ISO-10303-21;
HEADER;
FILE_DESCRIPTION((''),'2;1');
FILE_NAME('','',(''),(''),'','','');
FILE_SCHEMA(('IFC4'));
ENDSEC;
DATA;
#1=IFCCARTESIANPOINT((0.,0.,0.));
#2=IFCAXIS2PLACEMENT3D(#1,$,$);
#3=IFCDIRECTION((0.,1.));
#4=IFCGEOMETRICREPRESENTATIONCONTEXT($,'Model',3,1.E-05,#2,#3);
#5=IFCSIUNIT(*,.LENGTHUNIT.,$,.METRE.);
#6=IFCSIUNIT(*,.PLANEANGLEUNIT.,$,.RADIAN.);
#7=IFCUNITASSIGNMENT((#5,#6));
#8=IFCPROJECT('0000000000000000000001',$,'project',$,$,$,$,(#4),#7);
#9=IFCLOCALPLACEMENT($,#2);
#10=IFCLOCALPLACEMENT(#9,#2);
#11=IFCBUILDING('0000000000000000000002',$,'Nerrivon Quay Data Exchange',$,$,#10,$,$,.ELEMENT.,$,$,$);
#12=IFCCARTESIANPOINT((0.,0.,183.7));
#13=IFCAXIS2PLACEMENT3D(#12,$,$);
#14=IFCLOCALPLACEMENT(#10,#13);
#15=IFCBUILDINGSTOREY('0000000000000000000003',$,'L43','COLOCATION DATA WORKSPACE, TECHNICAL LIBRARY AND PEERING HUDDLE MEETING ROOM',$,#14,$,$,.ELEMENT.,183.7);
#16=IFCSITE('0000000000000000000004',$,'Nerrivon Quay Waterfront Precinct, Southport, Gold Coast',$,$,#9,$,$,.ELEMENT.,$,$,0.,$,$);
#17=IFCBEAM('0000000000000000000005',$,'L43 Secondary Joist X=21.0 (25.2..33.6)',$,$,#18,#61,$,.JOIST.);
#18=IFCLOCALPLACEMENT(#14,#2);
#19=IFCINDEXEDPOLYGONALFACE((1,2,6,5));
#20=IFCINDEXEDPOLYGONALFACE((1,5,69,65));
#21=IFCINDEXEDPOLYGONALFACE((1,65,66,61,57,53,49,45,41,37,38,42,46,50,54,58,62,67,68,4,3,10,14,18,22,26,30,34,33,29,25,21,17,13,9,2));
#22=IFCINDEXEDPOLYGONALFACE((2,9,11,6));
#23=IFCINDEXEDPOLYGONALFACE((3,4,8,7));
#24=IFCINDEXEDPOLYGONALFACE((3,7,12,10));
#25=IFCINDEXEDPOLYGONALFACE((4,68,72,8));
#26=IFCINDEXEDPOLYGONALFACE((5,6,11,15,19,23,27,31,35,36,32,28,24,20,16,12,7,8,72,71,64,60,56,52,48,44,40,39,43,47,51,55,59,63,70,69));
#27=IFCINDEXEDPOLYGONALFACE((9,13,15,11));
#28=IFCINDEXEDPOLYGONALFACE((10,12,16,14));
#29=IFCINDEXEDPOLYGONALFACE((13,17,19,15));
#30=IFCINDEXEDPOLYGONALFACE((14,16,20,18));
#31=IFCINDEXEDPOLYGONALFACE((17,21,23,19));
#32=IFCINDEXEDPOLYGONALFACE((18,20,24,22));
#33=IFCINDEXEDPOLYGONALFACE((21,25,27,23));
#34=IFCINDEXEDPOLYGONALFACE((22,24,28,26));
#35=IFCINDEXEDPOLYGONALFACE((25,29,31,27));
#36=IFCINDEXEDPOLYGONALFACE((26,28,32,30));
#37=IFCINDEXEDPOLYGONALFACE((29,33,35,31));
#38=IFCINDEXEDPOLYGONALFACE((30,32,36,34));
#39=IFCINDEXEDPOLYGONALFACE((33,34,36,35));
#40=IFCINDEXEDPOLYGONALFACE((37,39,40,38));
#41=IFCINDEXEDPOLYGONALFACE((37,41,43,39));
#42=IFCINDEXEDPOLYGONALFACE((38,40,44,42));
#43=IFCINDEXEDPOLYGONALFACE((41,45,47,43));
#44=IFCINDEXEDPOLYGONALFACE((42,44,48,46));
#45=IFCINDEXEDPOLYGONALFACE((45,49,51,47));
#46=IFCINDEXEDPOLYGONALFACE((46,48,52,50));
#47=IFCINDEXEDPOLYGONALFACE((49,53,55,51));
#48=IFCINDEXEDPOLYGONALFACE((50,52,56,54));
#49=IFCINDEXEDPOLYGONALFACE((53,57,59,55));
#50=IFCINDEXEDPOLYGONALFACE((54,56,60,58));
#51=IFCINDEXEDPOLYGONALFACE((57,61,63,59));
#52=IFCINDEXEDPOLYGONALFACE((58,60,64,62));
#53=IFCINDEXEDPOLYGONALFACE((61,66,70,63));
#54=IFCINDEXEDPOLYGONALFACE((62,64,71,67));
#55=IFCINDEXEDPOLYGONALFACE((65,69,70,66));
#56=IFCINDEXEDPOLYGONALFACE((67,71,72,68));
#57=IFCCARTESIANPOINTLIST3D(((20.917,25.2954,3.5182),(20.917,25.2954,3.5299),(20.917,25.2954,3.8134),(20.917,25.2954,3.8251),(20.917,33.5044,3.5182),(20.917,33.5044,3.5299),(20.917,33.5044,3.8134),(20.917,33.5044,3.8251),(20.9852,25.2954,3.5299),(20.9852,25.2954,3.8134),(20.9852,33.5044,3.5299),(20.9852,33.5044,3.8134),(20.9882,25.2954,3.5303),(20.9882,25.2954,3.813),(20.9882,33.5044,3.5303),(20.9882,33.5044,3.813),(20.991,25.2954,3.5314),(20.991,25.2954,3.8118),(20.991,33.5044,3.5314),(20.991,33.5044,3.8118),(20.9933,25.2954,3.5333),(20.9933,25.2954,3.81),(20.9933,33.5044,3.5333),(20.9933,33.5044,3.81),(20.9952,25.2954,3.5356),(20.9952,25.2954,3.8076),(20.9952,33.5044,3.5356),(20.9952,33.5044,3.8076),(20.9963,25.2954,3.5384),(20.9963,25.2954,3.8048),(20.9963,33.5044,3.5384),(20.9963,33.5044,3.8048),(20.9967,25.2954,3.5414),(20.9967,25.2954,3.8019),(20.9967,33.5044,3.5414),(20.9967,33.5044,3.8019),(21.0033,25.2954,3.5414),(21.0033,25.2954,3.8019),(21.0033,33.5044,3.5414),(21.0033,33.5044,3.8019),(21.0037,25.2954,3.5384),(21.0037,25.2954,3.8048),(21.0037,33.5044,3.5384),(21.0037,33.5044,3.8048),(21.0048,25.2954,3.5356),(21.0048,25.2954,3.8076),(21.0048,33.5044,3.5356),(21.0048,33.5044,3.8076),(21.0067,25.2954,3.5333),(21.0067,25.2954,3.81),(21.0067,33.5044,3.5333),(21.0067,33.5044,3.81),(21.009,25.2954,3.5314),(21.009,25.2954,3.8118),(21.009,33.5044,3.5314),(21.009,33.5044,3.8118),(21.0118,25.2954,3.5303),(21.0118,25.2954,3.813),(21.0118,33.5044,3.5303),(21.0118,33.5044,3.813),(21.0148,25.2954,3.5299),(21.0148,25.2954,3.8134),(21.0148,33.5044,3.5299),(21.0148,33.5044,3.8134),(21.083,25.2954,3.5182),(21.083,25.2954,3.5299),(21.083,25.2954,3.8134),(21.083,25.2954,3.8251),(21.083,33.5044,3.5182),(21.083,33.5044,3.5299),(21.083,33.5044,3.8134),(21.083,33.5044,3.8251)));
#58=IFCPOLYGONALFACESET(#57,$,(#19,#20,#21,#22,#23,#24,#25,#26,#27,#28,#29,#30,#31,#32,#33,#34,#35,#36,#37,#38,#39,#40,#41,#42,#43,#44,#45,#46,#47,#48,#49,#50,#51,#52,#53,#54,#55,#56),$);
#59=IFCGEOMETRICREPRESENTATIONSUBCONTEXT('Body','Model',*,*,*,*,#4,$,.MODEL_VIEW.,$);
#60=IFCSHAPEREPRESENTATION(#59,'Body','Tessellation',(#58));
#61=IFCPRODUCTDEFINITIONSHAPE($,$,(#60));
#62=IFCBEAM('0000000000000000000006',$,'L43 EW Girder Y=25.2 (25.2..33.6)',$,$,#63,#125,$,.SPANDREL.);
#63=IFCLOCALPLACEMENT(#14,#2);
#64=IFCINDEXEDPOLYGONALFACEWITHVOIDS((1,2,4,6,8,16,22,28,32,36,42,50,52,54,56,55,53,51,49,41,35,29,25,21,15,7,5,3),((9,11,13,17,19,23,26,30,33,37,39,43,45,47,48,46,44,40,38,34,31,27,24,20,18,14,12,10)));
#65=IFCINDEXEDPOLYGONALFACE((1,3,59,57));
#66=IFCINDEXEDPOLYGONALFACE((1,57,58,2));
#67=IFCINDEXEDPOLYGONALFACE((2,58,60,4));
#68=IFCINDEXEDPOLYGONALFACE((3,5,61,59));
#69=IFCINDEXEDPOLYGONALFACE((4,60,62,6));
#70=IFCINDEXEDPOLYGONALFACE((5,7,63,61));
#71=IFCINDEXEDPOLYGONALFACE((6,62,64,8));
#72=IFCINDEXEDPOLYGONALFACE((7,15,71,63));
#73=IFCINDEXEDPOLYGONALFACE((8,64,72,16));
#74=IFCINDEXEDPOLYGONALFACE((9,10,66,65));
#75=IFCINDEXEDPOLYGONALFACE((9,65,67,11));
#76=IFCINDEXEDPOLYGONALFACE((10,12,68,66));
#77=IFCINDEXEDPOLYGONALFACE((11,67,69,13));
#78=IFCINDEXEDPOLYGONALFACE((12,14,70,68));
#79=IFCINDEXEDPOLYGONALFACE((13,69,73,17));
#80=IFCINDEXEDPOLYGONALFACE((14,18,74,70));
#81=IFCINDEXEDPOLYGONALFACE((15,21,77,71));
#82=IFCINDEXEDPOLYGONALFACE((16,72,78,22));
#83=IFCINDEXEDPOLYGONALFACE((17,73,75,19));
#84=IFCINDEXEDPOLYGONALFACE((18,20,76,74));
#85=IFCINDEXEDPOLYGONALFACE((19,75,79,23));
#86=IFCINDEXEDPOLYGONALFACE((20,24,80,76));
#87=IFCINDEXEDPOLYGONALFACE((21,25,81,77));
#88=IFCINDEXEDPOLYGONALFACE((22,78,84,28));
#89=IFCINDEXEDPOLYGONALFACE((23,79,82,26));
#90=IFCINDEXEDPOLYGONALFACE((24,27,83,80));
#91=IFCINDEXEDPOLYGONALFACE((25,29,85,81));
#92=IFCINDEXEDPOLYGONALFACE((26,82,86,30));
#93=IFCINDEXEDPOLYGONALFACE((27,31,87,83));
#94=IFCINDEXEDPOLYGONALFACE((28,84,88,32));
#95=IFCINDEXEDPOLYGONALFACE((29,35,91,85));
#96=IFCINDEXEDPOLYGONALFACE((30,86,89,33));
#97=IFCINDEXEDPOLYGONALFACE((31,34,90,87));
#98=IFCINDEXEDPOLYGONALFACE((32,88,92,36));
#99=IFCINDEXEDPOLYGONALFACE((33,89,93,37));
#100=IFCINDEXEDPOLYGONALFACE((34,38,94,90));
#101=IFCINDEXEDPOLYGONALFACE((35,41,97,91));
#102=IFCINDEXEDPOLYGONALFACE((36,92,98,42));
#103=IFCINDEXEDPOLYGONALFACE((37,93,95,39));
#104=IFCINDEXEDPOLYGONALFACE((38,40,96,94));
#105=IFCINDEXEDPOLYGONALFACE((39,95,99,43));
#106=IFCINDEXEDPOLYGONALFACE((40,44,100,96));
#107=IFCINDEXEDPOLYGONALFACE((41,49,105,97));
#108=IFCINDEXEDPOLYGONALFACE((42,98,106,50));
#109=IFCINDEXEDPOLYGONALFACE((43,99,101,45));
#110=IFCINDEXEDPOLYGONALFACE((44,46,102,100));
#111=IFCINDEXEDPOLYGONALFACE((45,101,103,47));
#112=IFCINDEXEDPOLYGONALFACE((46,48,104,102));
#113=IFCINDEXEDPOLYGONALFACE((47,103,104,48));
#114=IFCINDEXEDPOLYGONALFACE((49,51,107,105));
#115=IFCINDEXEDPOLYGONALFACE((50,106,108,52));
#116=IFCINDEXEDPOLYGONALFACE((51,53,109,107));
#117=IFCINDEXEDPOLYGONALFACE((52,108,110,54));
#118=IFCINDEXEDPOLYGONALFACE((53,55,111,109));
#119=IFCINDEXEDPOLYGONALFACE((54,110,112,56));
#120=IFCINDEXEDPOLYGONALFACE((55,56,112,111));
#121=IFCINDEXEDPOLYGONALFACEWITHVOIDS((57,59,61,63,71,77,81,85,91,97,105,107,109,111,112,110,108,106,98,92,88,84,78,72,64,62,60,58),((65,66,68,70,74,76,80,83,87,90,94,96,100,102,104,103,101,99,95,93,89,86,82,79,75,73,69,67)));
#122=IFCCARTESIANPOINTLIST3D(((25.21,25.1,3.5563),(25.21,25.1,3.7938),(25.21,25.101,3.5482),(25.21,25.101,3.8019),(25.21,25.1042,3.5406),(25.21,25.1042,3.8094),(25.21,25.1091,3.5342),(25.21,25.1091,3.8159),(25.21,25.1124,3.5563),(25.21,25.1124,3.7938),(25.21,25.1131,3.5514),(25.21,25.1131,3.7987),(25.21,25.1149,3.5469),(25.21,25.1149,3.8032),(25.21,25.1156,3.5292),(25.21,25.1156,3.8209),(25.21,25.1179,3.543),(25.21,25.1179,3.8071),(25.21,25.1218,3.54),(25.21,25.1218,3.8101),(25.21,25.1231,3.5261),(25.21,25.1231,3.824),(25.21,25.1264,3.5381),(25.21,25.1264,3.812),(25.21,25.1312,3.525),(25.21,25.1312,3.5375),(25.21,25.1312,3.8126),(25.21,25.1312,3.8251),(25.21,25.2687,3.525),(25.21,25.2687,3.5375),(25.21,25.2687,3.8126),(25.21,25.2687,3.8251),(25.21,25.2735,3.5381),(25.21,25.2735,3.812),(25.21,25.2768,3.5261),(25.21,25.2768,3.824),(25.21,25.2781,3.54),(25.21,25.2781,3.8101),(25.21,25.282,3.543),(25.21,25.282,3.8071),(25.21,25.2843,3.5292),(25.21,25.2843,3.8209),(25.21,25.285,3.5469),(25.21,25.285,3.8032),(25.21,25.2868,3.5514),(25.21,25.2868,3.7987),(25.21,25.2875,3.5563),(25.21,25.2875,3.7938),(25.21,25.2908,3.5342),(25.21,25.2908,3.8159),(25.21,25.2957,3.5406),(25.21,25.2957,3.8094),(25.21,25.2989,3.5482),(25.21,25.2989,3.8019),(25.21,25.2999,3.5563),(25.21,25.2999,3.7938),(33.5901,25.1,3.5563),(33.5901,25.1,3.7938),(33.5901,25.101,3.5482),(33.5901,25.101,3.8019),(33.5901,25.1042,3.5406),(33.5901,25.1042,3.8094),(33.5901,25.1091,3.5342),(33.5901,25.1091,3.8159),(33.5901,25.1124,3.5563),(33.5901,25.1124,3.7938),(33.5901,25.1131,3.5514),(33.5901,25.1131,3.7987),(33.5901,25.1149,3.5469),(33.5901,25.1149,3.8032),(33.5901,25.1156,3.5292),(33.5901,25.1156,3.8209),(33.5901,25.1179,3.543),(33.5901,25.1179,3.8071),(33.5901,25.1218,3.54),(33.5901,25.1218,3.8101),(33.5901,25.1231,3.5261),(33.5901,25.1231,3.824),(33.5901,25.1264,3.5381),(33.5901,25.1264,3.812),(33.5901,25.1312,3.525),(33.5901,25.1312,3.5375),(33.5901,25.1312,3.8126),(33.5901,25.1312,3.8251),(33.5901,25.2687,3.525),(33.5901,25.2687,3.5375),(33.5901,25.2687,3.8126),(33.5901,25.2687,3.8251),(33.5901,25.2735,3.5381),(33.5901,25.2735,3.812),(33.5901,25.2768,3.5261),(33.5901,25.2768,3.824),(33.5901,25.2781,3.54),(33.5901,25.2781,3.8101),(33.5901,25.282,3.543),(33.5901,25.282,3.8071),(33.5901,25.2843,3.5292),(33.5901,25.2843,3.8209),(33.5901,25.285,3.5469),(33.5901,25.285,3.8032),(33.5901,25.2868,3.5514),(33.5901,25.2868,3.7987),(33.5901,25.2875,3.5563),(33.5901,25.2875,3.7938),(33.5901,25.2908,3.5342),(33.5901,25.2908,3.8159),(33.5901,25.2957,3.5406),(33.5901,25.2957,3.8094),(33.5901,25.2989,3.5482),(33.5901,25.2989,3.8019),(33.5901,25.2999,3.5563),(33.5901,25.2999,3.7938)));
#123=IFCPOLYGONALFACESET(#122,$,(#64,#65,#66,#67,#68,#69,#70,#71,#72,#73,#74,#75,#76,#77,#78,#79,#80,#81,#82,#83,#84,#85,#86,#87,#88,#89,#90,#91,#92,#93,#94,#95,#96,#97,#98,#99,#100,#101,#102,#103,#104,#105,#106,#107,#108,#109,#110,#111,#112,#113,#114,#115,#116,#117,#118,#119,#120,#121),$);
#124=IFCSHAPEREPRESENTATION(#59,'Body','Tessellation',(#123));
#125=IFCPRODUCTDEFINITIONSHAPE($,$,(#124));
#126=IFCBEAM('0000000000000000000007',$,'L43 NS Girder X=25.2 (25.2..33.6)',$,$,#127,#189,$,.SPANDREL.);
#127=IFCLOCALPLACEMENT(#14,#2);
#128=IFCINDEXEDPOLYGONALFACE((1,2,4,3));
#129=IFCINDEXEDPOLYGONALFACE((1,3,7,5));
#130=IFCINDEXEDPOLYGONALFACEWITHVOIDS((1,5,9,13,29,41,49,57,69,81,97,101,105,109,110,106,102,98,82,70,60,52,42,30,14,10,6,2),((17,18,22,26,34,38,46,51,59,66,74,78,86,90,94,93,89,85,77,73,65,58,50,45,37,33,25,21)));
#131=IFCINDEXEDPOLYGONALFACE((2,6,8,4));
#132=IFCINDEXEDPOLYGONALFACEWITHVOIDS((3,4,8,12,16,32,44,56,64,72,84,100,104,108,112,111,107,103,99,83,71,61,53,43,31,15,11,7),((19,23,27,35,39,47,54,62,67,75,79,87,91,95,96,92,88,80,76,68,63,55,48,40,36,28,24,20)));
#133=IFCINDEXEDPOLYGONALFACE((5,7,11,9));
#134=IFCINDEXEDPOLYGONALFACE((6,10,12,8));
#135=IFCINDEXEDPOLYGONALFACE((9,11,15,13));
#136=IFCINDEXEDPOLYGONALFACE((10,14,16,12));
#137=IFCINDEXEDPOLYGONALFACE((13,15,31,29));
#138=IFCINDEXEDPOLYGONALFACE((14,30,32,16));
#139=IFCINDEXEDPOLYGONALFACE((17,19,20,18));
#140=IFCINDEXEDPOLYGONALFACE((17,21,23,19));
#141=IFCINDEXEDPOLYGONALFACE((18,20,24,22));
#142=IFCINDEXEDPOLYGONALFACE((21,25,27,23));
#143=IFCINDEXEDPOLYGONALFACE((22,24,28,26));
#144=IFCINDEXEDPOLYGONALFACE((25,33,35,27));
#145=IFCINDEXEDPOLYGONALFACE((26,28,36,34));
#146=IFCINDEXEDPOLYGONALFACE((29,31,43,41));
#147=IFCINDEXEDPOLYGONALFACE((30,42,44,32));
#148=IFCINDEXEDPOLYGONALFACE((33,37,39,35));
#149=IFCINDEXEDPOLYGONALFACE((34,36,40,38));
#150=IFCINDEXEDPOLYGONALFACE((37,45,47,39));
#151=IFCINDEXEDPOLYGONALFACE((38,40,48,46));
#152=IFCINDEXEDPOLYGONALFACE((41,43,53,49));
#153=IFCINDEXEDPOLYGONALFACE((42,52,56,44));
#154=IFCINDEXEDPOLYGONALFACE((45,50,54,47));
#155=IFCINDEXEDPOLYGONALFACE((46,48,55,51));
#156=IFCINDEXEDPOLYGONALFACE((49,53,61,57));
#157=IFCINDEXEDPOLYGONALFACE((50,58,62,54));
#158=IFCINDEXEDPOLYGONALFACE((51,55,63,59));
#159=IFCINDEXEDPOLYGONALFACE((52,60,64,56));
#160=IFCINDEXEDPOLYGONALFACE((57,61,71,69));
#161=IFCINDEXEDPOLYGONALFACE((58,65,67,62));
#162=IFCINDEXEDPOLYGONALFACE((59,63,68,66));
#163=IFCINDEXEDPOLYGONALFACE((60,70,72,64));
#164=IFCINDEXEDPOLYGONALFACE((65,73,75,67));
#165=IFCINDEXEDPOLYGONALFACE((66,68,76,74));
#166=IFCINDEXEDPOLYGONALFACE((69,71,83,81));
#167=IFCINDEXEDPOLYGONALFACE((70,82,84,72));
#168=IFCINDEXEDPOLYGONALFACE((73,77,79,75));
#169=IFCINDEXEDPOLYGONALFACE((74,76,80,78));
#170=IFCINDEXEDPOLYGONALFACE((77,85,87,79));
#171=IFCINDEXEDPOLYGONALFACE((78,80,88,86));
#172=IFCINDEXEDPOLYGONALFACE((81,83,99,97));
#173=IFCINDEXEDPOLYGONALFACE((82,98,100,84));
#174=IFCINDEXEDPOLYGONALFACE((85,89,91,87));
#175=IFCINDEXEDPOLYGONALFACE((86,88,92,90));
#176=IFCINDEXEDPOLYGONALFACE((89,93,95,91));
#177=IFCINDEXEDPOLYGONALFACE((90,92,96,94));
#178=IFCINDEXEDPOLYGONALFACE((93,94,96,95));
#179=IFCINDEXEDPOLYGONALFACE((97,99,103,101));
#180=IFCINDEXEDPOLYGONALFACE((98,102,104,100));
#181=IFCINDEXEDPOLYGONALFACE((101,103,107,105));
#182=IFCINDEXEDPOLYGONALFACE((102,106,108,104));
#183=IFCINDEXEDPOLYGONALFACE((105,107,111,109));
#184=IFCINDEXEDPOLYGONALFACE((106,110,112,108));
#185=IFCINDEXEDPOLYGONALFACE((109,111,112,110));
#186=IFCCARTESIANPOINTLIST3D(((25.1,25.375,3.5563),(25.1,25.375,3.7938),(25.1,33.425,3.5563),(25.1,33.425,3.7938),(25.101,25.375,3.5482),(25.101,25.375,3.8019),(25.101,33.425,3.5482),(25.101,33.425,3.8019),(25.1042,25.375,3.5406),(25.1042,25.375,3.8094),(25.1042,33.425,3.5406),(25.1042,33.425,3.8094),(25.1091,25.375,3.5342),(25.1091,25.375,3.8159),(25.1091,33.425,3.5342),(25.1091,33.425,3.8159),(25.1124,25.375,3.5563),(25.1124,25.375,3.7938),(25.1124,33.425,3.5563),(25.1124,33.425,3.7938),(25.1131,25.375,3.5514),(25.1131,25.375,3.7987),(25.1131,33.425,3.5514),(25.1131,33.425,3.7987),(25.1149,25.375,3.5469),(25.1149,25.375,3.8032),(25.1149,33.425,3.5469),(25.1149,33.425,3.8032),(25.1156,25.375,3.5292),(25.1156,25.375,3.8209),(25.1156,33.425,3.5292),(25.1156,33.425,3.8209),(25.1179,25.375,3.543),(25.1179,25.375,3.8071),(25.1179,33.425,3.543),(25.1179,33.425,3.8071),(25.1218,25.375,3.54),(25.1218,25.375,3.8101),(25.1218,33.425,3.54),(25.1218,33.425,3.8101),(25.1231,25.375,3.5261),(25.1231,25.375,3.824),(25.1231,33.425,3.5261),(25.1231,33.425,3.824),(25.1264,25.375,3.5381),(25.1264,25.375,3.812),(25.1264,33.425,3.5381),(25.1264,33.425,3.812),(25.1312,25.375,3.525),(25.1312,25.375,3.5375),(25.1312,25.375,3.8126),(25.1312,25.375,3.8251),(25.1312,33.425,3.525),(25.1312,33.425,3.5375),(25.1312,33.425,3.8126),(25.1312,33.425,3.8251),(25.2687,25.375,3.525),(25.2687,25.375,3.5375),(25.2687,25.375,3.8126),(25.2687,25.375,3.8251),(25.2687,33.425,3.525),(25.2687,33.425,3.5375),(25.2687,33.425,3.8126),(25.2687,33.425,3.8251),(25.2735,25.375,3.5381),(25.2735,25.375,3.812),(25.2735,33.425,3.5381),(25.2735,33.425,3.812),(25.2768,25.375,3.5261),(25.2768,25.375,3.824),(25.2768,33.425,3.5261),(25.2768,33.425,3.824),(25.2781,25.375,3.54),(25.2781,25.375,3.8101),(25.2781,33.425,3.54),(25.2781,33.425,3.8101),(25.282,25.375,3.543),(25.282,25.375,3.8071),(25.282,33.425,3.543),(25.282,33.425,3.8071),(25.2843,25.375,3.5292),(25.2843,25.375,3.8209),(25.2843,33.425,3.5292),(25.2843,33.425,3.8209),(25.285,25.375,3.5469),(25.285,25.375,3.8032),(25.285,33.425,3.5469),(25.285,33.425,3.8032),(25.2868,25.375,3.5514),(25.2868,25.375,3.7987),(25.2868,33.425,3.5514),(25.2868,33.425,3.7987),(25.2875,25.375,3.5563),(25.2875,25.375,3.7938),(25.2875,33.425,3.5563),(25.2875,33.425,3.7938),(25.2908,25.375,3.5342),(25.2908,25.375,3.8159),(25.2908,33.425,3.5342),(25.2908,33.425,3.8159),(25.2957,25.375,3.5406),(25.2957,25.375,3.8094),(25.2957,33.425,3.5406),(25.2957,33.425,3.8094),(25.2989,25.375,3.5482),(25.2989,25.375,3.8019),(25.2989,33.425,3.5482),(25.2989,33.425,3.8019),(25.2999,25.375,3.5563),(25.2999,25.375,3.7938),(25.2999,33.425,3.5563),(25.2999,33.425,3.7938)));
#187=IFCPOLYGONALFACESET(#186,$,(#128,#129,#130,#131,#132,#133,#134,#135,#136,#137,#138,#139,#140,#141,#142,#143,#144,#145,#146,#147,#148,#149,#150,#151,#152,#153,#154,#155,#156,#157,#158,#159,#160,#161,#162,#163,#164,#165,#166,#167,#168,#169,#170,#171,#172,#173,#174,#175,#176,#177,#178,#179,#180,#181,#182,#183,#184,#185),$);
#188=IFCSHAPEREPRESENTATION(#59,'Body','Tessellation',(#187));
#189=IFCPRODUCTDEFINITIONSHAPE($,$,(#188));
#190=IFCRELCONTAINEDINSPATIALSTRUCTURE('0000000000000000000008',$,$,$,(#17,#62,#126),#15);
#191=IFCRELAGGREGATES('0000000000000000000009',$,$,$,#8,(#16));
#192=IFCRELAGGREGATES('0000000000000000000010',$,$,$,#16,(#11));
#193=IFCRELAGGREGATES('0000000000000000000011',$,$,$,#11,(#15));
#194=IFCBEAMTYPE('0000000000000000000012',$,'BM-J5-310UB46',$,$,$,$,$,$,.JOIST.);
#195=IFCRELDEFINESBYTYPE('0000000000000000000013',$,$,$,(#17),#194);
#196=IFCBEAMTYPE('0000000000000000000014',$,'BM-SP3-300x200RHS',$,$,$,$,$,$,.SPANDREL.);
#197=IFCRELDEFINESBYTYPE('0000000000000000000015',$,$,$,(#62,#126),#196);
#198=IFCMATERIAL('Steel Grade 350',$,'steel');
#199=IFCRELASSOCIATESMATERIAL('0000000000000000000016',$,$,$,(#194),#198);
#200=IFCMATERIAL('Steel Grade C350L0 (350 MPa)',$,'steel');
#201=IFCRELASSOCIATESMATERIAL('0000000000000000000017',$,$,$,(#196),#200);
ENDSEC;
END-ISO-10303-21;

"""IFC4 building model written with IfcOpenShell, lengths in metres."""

from ifc_helpers import new_model, si_unit, direction, frame, origin, origin_2d, place, context, subcontext, project, spatial, hollow_rectangle, i_section, extrude, material, material_profile, profile_set, type_object, element, save


model = new_model("IFC4")

# Units and contexts
model_context = context("Model", 3, precision=1e-05, world=origin(), true_north=direction((0.0, 1.0)))
body_context = subcontext(model_context, "Body", "Model", "MODEL_VIEW")
ifc_project = project(units=[si_unit("LENGTHUNIT", "METRE"), si_unit("PLANEANGLEUNIT", "RADIAN")], contexts=[model_context])

# Site, building, storey
site_placement = place(None, origin())
site = spatial("IfcSite", under=ifc_project, at=site_placement, Name="Nerrivon Quay Waterfront Precinct, Southport, Gold Coast", CompositionType="ELEMENT", RefElevation=0.0)
building_placement = place(site_placement, origin())
building = spatial("IfcBuilding", under=site, at=building_placement, Name="Nerrivon Quay Data Exchange", CompositionType="ELEMENT")
storey_placement = place(building_placement, frame((0.0, 0.0, 183.7)))
storey = spatial("IfcBuildingStorey", under=building, at=storey_placement, Name="L43", Description="COLOCATION DATA WORKSPACE, TECHNICAL LIBRARY AND PEERING HUDDLE MEETING ROOM", CompositionType="ELEMENT", Elevation=183.7)

# Shared definitions
ifc_material_1 = material(Name="Steel Grade 350", Category="steel")

# Beams
ifc_material_profile_1 = material_profile(ifc_material_1, i_section(OverallWidth=0.166, OverallDepth=0.3069, WebThickness=0.0066, FlangeThickness=0.0117, FilletRadius=0.0115, at=origin_2d()), Name="310UB46.2")
ifc_profile_set_1 = profile_set([ifc_material_profile_1], Name="Steel Grade 350")
beam_type_1 = type_object("IfcBeamType", Name="BM-J5-310UB46", PredefinedType="JOIST", material=ifc_profile_set_1)
for number, where, z_axis, x_axis, name in (
    (1, (21.0, 25.2954, 3.6716), (0.0, 1.0, 0.0), (-1.0, 0.0, 0.0), "L43 Secondary Joist X=21.0 (25.2..33.6)"),
):
    element("IfcBeam", number, at=place(storey_placement, frame(where, z_axis=z_axis, x_axis=x_axis)), inside=storey, type_object=beam_type_1, Name=name, PredefinedType="JOIST", context=body_context, shape_type="SweptSolid", body=[
        extrude(i_section(OverallWidth=0.166, OverallDepth=0.3069, WebThickness=0.0066, FlangeThickness=0.0117, FilletRadius=0.0115, at=origin_2d()), origin(), (0.0, 0.0, 1.0), 8.209),
    ])
ifc_material_2 = material(Name="Steel Grade C350L0 (350 MPa)", Category="steel")
ifc_material_profile_2 = material_profile(ifc_material_2, hollow_rectangle(XDim=0.2, YDim=0.3, WallThickness=0.0125, InnerFilletRadius=0.0188, OuterFilletRadius=0.0312, at=origin_2d()), Name="300x200x12.5RHS")
ifc_profile_set_2 = profile_set([ifc_material_profile_2], Name="Steel Grade C350L0 (350 MPa)")
beam_type_2 = type_object("IfcBeamType", Name="BM-SP3-300x200RHS", PredefinedType="SPANDREL", material=ifc_profile_set_2)
beam_1_placement = place(storey_placement, frame((25.21, 25.2, 3.675), z_axis=(1.0, 0.0, 0.0), x_axis=(0.0, 1.0, 0.0)))
element("IfcBeam", 2, at=beam_1_placement, inside=storey, type_object=beam_type_2, Name="L43 EW Girder Y=25.2 (25.2..33.6)", PredefinedType="SPANDREL", context=body_context, shape_type="SweptSolid", body=[
    extrude(hollow_rectangle(XDim=0.2, YDim=0.3, WallThickness=0.0125, InnerFilletRadius=0.0188, OuterFilletRadius=0.0312, at=origin_2d()), origin(), (0.0, 0.0, 1.0), 8.3801),
])
beam_2_placement = place(storey_placement, frame((25.2, 25.375, 3.675), z_axis=(0.0, 1.0, 0.0), x_axis=(-1.0, 0.0, 0.0)))
element("IfcBeam", 3, at=beam_2_placement, inside=storey, type_object=beam_type_2, Name="L43 NS Girder X=25.2 (25.2..33.6)", PredefinedType="SPANDREL", context=body_context, shape_type="SweptSolid", body=[
    extrude(hollow_rectangle(XDim=0.2, YDim=0.3, WallThickness=0.0125, InnerFilletRadius=0.0188, OuterFilletRadius=0.0312, at=origin_2d()), origin(), (0.0, 0.0, 1.0), 8.05),
])

save(model, "model.ifc")
